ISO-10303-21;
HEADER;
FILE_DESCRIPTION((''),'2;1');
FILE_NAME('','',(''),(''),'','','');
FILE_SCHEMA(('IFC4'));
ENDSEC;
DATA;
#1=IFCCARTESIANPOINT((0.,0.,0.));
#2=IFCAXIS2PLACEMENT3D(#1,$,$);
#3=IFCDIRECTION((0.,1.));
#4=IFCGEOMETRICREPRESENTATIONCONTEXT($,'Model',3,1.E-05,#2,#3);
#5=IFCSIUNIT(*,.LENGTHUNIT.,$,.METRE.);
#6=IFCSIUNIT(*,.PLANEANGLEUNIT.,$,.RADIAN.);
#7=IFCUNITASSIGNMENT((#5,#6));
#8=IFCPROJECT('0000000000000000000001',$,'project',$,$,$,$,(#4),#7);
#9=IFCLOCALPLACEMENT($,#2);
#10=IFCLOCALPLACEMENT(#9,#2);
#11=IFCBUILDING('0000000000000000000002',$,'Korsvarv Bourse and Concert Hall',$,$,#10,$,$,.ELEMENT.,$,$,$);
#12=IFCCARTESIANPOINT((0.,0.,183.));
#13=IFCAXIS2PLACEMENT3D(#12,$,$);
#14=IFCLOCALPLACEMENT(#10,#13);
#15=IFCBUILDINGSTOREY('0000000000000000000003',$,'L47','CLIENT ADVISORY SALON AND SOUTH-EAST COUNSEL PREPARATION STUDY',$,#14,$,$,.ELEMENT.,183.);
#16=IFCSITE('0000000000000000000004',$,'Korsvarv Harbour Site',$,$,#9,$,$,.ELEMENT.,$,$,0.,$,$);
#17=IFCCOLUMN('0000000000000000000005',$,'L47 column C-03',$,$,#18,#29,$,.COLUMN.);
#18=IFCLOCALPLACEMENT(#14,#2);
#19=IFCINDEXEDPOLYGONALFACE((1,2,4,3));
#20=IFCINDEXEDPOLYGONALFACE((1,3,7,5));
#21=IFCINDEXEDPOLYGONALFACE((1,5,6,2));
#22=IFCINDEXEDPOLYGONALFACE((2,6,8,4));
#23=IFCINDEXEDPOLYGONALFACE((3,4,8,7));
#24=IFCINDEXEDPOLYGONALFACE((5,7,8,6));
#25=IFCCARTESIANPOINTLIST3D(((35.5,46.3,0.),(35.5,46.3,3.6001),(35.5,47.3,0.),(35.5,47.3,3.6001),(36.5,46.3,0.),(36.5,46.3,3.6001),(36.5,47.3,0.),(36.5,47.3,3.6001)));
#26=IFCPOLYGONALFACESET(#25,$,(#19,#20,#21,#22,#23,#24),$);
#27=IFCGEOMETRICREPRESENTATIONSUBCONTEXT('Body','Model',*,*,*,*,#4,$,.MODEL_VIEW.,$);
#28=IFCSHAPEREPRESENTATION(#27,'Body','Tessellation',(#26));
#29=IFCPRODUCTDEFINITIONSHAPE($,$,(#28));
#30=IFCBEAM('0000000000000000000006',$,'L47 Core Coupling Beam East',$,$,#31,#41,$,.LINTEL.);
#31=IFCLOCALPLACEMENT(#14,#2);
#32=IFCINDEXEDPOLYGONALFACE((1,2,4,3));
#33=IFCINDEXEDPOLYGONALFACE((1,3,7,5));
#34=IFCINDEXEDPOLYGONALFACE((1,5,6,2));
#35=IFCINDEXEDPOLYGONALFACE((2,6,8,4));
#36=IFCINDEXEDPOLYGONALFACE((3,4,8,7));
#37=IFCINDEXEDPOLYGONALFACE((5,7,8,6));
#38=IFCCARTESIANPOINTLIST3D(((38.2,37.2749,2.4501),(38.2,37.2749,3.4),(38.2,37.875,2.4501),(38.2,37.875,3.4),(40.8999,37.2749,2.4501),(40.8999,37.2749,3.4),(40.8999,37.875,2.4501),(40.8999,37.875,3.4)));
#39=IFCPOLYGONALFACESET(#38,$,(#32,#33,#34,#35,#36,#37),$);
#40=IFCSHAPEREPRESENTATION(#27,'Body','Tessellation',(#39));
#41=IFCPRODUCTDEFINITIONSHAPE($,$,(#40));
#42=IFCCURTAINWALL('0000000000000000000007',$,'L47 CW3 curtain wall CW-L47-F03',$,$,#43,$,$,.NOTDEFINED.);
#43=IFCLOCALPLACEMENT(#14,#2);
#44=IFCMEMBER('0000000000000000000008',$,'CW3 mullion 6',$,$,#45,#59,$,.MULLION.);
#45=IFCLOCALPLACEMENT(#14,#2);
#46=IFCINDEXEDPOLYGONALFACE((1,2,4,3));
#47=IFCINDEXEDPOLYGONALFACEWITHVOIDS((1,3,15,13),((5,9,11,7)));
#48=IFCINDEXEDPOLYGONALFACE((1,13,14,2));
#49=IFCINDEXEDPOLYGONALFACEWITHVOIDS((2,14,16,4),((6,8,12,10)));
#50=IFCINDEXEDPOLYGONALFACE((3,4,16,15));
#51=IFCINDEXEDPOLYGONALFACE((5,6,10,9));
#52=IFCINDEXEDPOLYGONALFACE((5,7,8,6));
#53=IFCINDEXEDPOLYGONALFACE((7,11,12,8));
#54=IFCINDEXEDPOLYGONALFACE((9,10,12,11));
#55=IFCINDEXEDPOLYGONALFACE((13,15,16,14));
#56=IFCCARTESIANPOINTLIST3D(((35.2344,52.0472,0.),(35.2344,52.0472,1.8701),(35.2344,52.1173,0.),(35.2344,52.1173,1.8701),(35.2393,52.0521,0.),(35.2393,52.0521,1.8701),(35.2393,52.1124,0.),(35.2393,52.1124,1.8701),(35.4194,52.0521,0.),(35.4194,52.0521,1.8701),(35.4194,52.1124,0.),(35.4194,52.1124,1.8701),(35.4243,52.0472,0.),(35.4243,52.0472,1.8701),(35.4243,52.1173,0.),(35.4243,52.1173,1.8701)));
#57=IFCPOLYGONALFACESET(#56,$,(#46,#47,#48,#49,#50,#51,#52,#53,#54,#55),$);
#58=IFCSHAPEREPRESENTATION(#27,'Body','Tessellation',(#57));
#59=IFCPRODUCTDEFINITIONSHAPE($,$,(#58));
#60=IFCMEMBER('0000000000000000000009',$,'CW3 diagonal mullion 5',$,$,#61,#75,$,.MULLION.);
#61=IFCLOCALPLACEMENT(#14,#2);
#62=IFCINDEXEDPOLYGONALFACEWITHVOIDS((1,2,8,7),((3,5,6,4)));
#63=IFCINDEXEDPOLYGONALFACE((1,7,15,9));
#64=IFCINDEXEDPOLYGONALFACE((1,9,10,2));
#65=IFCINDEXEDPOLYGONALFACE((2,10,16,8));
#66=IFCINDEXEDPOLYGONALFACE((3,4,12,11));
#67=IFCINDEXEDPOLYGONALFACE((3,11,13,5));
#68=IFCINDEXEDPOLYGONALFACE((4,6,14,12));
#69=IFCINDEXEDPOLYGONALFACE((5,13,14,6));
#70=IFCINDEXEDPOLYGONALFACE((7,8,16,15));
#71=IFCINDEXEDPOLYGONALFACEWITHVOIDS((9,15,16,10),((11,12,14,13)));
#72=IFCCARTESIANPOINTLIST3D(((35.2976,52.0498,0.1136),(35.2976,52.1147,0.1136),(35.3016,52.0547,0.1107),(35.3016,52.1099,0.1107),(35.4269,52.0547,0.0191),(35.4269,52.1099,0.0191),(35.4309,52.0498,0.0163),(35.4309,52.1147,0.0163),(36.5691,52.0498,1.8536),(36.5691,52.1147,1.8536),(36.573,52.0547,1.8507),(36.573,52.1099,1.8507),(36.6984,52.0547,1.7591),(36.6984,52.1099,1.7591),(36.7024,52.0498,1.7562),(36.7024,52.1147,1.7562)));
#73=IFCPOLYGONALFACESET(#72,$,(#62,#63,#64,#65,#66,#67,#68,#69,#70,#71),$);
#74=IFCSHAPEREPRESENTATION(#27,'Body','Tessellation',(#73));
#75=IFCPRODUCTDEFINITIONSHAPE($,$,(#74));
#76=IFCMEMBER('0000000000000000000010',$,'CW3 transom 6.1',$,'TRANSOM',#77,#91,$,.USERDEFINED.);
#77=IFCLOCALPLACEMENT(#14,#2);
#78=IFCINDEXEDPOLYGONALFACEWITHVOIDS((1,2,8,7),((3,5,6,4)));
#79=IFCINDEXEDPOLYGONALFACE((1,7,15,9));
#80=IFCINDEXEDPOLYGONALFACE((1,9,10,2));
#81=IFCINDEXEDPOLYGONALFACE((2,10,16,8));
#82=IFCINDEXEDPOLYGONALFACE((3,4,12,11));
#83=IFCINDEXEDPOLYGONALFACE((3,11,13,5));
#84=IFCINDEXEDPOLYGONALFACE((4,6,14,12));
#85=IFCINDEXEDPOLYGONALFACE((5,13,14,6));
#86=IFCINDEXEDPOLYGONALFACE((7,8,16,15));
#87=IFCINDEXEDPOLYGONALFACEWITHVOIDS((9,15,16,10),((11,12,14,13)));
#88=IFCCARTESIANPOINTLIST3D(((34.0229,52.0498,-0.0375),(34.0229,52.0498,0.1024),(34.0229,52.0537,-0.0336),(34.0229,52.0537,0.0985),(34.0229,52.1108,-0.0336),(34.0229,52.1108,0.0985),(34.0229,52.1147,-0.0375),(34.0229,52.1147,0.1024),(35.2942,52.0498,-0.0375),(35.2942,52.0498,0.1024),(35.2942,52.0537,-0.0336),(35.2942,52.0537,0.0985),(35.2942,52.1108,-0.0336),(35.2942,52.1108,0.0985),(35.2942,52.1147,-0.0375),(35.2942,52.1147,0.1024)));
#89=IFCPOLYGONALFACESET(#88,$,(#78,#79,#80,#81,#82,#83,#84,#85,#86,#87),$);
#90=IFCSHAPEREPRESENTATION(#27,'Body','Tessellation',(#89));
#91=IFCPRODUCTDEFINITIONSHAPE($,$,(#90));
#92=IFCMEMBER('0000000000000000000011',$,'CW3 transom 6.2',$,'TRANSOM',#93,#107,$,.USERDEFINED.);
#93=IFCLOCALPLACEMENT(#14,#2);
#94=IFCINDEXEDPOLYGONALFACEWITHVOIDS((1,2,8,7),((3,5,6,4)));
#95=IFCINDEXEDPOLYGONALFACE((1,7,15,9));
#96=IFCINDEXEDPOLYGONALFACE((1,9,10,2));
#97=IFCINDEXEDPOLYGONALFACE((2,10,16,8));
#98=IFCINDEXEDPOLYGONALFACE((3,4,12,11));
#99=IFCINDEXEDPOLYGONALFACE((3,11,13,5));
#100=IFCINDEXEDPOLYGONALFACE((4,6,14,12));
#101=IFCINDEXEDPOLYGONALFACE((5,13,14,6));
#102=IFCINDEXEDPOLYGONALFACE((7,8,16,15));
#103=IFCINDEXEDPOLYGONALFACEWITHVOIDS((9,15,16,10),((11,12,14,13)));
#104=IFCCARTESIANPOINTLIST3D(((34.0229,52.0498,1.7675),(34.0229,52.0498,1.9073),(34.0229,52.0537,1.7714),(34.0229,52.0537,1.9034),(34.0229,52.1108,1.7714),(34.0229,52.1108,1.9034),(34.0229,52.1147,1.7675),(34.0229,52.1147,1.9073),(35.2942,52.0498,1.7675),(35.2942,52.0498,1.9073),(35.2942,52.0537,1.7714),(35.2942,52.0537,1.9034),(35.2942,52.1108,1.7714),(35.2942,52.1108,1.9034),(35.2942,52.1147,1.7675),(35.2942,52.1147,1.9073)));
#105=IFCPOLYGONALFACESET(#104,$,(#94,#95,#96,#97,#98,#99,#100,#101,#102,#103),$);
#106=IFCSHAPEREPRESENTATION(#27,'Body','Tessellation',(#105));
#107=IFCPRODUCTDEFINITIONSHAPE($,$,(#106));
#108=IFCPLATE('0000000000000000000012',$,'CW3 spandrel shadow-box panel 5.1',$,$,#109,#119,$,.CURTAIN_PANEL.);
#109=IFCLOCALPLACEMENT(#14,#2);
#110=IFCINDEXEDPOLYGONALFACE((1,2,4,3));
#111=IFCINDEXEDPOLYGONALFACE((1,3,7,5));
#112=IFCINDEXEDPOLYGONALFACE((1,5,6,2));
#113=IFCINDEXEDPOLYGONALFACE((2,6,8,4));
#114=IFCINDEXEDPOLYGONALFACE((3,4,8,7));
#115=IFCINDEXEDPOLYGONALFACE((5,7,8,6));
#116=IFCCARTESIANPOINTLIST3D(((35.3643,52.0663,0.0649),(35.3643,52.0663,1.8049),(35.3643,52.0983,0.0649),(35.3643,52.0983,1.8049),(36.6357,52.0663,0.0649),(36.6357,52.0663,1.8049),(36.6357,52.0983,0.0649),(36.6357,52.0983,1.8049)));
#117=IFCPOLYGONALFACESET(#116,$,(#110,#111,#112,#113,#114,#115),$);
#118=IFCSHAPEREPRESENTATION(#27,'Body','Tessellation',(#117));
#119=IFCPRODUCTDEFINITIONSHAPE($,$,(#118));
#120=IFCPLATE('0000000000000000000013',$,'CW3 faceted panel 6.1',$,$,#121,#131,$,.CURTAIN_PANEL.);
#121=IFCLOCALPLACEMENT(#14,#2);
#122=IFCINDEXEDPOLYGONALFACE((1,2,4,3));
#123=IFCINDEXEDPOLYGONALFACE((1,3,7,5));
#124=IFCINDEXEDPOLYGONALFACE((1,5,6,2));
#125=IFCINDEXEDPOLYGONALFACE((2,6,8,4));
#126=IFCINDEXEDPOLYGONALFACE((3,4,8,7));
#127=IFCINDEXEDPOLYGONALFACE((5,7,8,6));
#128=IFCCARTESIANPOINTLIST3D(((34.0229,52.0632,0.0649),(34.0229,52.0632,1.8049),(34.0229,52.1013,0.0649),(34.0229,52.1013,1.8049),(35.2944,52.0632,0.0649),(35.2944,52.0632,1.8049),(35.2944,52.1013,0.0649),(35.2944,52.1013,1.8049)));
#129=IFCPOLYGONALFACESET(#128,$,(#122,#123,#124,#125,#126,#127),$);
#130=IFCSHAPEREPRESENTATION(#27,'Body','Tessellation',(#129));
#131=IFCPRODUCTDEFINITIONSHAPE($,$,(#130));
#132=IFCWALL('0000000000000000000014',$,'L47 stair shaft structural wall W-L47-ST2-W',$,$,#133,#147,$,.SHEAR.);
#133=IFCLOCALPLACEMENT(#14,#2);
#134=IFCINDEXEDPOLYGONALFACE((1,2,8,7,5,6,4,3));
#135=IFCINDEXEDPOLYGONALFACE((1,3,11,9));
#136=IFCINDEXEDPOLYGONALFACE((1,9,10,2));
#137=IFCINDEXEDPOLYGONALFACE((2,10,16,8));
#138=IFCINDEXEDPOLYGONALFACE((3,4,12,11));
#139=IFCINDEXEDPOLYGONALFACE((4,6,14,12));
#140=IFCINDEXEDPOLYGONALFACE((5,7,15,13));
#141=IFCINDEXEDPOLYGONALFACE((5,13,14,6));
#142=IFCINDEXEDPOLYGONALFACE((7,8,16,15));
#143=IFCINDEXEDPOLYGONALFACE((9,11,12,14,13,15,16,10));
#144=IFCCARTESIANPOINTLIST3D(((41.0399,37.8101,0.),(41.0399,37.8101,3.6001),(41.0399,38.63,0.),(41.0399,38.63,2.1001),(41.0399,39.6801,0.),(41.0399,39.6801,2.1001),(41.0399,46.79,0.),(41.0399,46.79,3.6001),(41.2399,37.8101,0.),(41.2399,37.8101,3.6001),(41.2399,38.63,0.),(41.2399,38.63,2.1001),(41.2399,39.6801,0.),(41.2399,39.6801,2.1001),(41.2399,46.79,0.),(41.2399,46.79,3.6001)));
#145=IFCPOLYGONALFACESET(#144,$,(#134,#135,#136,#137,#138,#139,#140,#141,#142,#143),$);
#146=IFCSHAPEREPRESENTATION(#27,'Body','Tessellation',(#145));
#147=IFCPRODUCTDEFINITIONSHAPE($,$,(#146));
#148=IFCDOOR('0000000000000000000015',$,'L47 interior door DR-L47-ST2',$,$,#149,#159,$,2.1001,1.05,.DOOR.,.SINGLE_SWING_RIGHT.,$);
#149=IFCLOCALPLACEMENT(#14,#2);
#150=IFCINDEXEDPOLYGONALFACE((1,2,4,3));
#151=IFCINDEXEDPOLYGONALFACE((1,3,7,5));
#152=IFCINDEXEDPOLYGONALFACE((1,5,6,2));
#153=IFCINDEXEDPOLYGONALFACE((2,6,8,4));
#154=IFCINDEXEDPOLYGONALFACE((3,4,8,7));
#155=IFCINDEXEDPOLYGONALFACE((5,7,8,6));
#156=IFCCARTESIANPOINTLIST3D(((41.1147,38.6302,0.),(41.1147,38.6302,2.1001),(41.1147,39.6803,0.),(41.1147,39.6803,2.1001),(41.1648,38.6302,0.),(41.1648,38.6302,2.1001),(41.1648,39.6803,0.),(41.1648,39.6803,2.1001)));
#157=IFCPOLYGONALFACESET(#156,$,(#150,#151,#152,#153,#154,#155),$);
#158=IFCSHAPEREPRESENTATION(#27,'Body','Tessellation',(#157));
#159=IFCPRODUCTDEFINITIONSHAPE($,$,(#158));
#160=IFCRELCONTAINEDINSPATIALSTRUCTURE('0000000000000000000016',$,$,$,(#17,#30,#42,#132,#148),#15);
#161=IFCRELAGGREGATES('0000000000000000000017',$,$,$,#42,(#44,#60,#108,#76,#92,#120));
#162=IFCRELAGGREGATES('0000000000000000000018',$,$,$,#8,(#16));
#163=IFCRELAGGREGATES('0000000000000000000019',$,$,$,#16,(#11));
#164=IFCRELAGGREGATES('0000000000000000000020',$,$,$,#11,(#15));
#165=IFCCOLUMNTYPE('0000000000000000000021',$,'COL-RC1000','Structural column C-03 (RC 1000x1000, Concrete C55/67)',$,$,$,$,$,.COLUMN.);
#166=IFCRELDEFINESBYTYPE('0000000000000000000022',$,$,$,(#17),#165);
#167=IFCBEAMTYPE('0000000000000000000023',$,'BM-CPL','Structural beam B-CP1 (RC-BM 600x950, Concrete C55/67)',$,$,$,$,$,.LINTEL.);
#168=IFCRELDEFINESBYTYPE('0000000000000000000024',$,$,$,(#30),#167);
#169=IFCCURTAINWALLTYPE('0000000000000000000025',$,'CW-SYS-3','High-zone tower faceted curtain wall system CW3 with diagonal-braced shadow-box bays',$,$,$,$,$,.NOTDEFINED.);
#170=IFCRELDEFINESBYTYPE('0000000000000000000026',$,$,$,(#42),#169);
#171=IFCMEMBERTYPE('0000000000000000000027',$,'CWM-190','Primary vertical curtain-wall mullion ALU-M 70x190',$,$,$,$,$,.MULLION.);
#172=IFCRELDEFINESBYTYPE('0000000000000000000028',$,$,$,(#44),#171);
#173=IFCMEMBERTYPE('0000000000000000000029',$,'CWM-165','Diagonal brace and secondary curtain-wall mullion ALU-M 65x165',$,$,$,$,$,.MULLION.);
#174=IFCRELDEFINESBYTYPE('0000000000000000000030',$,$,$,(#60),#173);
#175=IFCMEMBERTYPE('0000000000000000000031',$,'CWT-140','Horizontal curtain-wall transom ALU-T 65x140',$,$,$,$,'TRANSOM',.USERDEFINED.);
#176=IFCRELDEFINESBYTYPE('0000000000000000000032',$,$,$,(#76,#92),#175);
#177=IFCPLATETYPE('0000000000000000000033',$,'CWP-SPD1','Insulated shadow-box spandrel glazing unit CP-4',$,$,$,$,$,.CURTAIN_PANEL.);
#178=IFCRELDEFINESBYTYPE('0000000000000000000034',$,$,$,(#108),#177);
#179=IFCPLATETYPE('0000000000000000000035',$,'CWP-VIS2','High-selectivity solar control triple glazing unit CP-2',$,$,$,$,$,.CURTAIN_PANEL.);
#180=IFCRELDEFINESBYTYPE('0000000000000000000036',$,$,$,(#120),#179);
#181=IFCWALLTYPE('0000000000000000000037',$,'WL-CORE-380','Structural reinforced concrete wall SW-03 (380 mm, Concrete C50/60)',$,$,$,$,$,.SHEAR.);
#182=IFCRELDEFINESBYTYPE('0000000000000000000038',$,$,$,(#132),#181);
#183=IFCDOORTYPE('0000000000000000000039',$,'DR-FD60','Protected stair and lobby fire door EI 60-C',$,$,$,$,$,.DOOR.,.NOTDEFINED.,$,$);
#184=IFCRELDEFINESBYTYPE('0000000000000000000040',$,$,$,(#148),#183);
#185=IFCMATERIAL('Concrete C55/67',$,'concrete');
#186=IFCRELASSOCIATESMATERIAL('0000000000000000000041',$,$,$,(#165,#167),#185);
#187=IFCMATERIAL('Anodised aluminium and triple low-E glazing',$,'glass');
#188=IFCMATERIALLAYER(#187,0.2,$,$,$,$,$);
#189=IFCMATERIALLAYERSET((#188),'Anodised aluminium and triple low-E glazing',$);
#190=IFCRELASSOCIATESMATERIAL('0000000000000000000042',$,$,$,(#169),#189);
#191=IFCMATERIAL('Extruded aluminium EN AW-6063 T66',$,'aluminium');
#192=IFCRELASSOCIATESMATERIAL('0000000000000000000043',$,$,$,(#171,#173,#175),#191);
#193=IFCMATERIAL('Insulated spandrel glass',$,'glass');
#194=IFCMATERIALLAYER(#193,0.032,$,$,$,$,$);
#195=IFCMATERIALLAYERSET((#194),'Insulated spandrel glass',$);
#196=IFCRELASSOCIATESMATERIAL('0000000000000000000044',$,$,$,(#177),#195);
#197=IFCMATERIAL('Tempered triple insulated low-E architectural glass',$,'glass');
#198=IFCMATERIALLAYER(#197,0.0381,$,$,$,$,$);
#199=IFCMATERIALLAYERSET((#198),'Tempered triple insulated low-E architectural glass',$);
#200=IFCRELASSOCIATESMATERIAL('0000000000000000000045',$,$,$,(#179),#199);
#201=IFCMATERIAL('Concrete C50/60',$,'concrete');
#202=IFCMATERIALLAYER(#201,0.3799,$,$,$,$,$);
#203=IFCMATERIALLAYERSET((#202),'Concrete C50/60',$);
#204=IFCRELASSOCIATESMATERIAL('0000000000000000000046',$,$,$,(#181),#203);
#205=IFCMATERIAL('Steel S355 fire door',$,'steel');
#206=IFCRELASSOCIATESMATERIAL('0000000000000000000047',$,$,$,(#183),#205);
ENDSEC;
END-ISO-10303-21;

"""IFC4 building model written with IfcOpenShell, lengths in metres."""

from ifc_helpers import new_model, si_unit, direction, frame, frame_2d, origin, origin_2d, place, context, subcontext, project, spatial, rectangle, hollow_rectangle, extrude, source, transform, mapped, material, layer, layer_set, material_profile, profile_set, type_object, element, fill, aggregate, save


model = new_model("IFC4")

# Units and contexts
model_context = context("Model", 3, precision=1e-05, world=origin(), true_north=direction((0.0, 1.0)))
body_context = subcontext(model_context, "Body", "Model", "MODEL_VIEW")
ifc_project = project(units=[si_unit("LENGTHUNIT", "METRE"), si_unit("PLANEANGLEUNIT", "RADIAN")], contexts=[model_context])

# Site, building, storey
site_placement = place(None, origin())
site = spatial("IfcSite", under=ifc_project, at=site_placement, Name="Korsvarv Harbour Site", CompositionType="ELEMENT", RefElevation=0.0)
building_placement = place(site_placement, origin())
building = spatial("IfcBuilding", under=site, at=building_placement, Name="Korsvarv Bourse and Concert Hall", CompositionType="ELEMENT")
storey_placement = place(building_placement, frame((0.0, 0.0, 183.0)))
storey = spatial("IfcBuildingStorey", under=building, at=storey_placement, Name="L47", Description="CLIENT ADVISORY SALON AND SOUTH-EAST COUNSEL PREPARATION STUDY", CompositionType="ELEMENT", Elevation=183.0)

# Column
ifc_material_1 = material(Name="Concrete C55/67", Category="concrete")
ifc_material_profile_1 = material_profile(ifc_material_1, rectangle(XDim=1.0, YDim=1.0, at=origin_2d()), Name="RC 1000x1000")
ifc_profile_set_1 = profile_set([ifc_material_profile_1], Name="Concrete C55/67")
column_type = type_object("IfcColumnType", Name="COL-RC1000", Description="Structural column C-03 (RC 1000x1000, Concrete C55/67)", PredefinedType="COLUMN", material=ifc_profile_set_1)
shared_shape_1 = source(origin(), body_context, "Body", "SweptSolid", [
    extrude(rectangle(XDim=1.0, YDim=1.0, at=origin_2d()), origin(), (0.0, 0.0, 1.0), 3.6001),
])
column_placement = place(storey_placement, frame((36.0, 46.8, 0.0), z_axis=(0.0, 0.0, 1.0), x_axis=(1.0, 0.0, 0.0)))
element("IfcColumn", 1, at=column_placement, inside=storey, type_object=column_type, Name="L47 column C-03", PredefinedType="COLUMN", context=body_context, shape_type="MappedRepresentation", body=[
    mapped(shared_shape_1, transform((0.0, 0.0, 0.0), scale=1.0)),
])

# Beam
ifc_material_profile_2 = material_profile(ifc_material_1, rectangle(XDim=0.6001, YDim=0.95, at=origin_2d()), Name="RC-BM 600x950")
ifc_profile_set_2 = profile_set([ifc_material_profile_2], Name="Concrete C55/67")
beam_type = type_object("IfcBeamType", Name="BM-CPL", Description="Structural beam B-CP1 (RC-BM 600x950, Concrete C55/67)", PredefinedType="LINTEL", material=ifc_profile_set_2)
shared_shape_2 = source(origin(), body_context, "Body", "SweptSolid", [
    extrude(rectangle(XDim=0.6001, YDim=0.95, at=origin_2d()), origin(), (0.0, 0.0, 1.0), 2.7),
])
beam_placement = place(storey_placement, frame((38.2, 37.575, 2.925), z_axis=(1.0, 0.0, 0.0), x_axis=(0.0, 1.0, 0.0)))
element("IfcBeam", 2, at=beam_placement, inside=storey, type_object=beam_type, Name="L47 Core Coupling Beam East", PredefinedType="LINTEL", context=body_context, shape_type="MappedRepresentation", body=[
    mapped(shared_shape_2, transform((0.0, 0.0, 0.0), scale=1.0)),
])

# Curtain wall, members, plates
ifc_material_2 = material(Name="Anodised aluminium and triple low-E glazing", Category="glass")
ifc_layer_1 = layer(ifc_material_2, 0.2)
ifc_layer_set_1 = layer_set([ifc_layer_1], Name="Anodised aluminium and triple low-E glazing")
curtain_wall_type = type_object("IfcCurtainWallType", Name="CW-SYS-3", Description="High-zone tower faceted curtain wall system CW3 with diagonal-braced shadow-box bays", PredefinedType="NOTDEFINED", material=ifc_layer_set_1)
curtain_wall_placement = place(storey_placement, origin())
curtain_wall = element("IfcCurtainWall", 3, at=curtain_wall_placement, inside=storey, type_object=curtain_wall_type, Name="L47 CW3 curtain wall CW-L47-F03", PredefinedType="NOTDEFINED")
ifc_material_3 = material(Name="Extruded aluminium EN AW-6063 T66", Category="aluminium")
ifc_material_profile_3 = material_profile(ifc_material_3, hollow_rectangle(XDim=0.0701, YDim=0.1899, WallThickness=0.0049, at=origin_2d()), Name="ALU-M 70x190")
ifc_profile_set_3 = profile_set([ifc_material_profile_3], Name="Extruded aluminium EN AW-6063 T66")
member_type_1 = type_object("IfcMemberType", Name="CWM-190", Description="Primary vertical curtain-wall mullion ALU-M 70x190", PredefinedType="MULLION", material=ifc_profile_set_3)
shared_shape_3 = source(origin(), body_context, "Body", "SweptSolid", [
    extrude(hollow_rectangle(XDim=0.0701, YDim=0.1899, WallThickness=0.0049, at=origin_2d()), origin(), (0.0, 0.0, 1.0), 1.8701),
])
member_1_placement = place(storey_placement, frame((35.3293, 52.0823, 0.0), z_axis=(0.0, 0.0, 1.0), x_axis=(0.0, -1.0, 0.0)))
member_1 = element("IfcMember", 4, at=member_1_placement, type_object=member_type_1, Name="CW3 mullion 6", PredefinedType="MULLION", context=body_context, shape_type="MappedRepresentation", body=[
    mapped(shared_shape_3, transform((0.0, 0.0, 0.0), scale=1.0)),
])
ifc_material_profile_4 = material_profile(ifc_material_3, hollow_rectangle(XDim=0.0649, YDim=0.165, WallThickness=0.0049, at=origin_2d()), Name="ALU-M 65x165")
ifc_profile_set_4 = profile_set([ifc_material_profile_4], Name="Extruded aluminium EN AW-6063 T66")
member_type_2 = type_object("IfcMemberType", Name="CWM-165", Description="Diagonal brace and secondary curtain-wall mullion ALU-M 65x165", PredefinedType="MULLION", material=ifc_profile_set_4)
shared_shape_4 = source(origin(), body_context, "Body", "SweptSolid", [
    extrude(hollow_rectangle(XDim=0.0649, YDim=0.165, WallThickness=0.0049, at=origin_2d()), origin(), (0.0, 0.0, 1.0), 2.155),
])
member_2_placement = place(storey_placement, frame((35.3643, 52.0823, 0.0649), z_axis=(0.590002, 0.0, 0.807402), x_axis=(0.0, 1.0, 0.0)))
member_2 = element("IfcMember", 5, at=member_2_placement, type_object=member_type_2, Name="CW3 diagonal mullion 5", PredefinedType="MULLION", context=body_context, shape_type="MappedRepresentation", body=[
    mapped(shared_shape_4, transform((0.0, 0.0, 0.0), scale=1.0)),
])
ifc_material_profile_5 = material_profile(ifc_material_3, hollow_rectangle(XDim=0.0649, YDim=0.1399, WallThickness=0.0039, at=origin_2d()), Name="ALU-T 65x140")
ifc_profile_set_5 = profile_set([ifc_material_profile_5], Name="Extruded aluminium EN AW-6063 T66")
member_type_3 = type_object("IfcMemberType", Name="CWT-140", Description="Horizontal curtain-wall transom ALU-T 65x140", ElementType="TRANSOM", PredefinedType="USERDEFINED", material=ifc_profile_set_5)
shared_shape_5 = source(origin(), body_context, "Body", "SweptSolid", [
    extrude(hollow_rectangle(XDim=0.0649, YDim=0.1399, WallThickness=0.0039, at=origin_2d()), origin(), (0.0, 0.0, 1.0), 1.2712),
])
member_3_placement = place(storey_placement, frame((35.2942, 52.0823, 0.0325), z_axis=(-1.0, 0.0, 0.0), x_axis=(0.0, -1.0, 0.0)))
member_3 = element("IfcMember", 6, at=member_3_placement, type_object=member_type_3, Name="CW3 transom 6.1", ObjectType="TRANSOM", PredefinedType="USERDEFINED", context=body_context, shape_type="MappedRepresentation", body=[
    mapped(shared_shape_5, transform((0.0, 0.0, 0.0), scale=1.0)),
])
member_4_placement = place(storey_placement, frame((35.2942, 52.0823, 1.8374), z_axis=(-1.0, 0.0, 0.0), x_axis=(0.0, -1.0, 0.0)))
member_4 = element("IfcMember", 7, at=member_4_placement, type_object=member_type_3, Name="CW3 transom 6.2", ObjectType="TRANSOM", PredefinedType="USERDEFINED", context=body_context, shape_type="MappedRepresentation", body=[
    mapped(shared_shape_5, transform((0.0, 0.0, 0.0), scale=1.0)),
])
ifc_material_4 = material(Name="Insulated spandrel glass", Category="glass")
ifc_layer_2 = layer(ifc_material_4, 0.032)
ifc_layer_set_2 = layer_set([ifc_layer_2], Name="Insulated spandrel glass")
plate_type_1 = type_object("IfcPlateType", Name="CWP-SPD1", Description="Insulated shadow-box spandrel glazing unit CP-4", PredefinedType="CURTAIN_PANEL", material=ifc_layer_set_2)
shared_shape_6 = source(origin(), body_context, "Body", "SweptSolid", [
    extrude(rectangle(XDim=1.2715, YDim=0.032, at=origin_2d()), origin(), (0.0, 0.0, 1.0), 1.74),
])
plate_1_placement = place(storey_placement, frame((36.0, 52.0823, 0.0649), z_axis=(0.0, 0.0, 1.0), x_axis=(-1.0, 0.0, 0.0)))
plate_1 = element("IfcPlate", 8, at=plate_1_placement, type_object=plate_type_1, Name="CW3 spandrel shadow-box panel 5.1", PredefinedType="CURTAIN_PANEL", context=body_context, shape_type="MappedRepresentation", body=[
    mapped(shared_shape_6, transform((0.0, 0.0, 0.0), scale=1.0)),
])
ifc_material_5 = material(Name="Tempered triple insulated low-E architectural glass", Category="glass")
ifc_layer_3 = layer(ifc_material_5, 0.0381)
ifc_layer_set_3 = layer_set([ifc_layer_3], Name="Tempered triple insulated low-E architectural glass")
plate_type_2 = type_object("IfcPlateType", Name="CWP-VIS2", Description="High-selectivity solar control triple glazing unit CP-2", PredefinedType="CURTAIN_PANEL", material=ifc_layer_set_3)
shared_shape_7 = source(origin(), body_context, "Body", "SweptSolid", [
    extrude(rectangle(XDim=1.2715, YDim=0.0381, at=origin_2d()), origin(), (0.0, 0.0, 1.0), 1.74),
])
plate_2_placement = place(storey_placement, frame((34.6587, 52.0823, 0.0649), z_axis=(0.0, 0.0, 1.0), x_axis=(-1.0, 0.0, 0.0)))
plate_2 = element("IfcPlate", 9, at=plate_2_placement, type_object=plate_type_2, Name="CW3 faceted panel 6.1", PredefinedType="CURTAIN_PANEL", context=body_context, shape_type="MappedRepresentation", body=[
    mapped(shared_shape_7, transform((0.0, 0.0, 0.0), scale=1.0)),
])
aggregate(curtain_wall, [member_1, member_2, plate_1, member_3, member_4, plate_2])

# Wall, opening, door
ifc_material_6 = material(Name="Concrete C50/60", Category="concrete")
ifc_layer_4 = layer(ifc_material_6, 0.3799)
ifc_layer_set_4 = layer_set([ifc_layer_4], Name="Concrete C50/60")
wall_type_1 = type_object("IfcWallType", Name="WL-CORE-380", Description="Structural reinforced concrete wall SW-03 (380 mm, Concrete C50/60)", PredefinedType="SHEAR", material=ifc_layer_set_4)
wall_1_placement = place(storey_placement, frame((41.1399, 37.8101, 0.0), z_axis=(0.0, 0.0, 1.0), x_axis=(0.0, 1.0, 0.0)))
wall_1 = element("IfcWall", 10, at=wall_1_placement, inside=storey, type_object=wall_type_1, Name="L47 stair shaft structural wall W-L47-ST2-W", PredefinedType="SHEAR", context=body_context, shape_type="SweptSolid", body=[
    extrude(rectangle(XDim=8.98, YDim=0.2, at=frame_2d((4.49, 0.0))), origin(), (0.0, 0.0, 1.0), 3.6001),
])
opening_1_placement = place(wall_1_placement, frame((0.8201, 0.0, 0.0)))
opening_1 = element("IfcOpeningElement", 11, at=opening_1_placement, cuts=wall_1, PredefinedType="OPENING", context=body_context, shape_type="SweptSolid", body=[
    extrude(rectangle(XDim=1.05, YDim=2.1001, at=frame_2d((0.5249, 1.05))), frame((0.0, 0.1099, 0.0), z_axis=(0.0, -1.0, 0.0), x_axis=(1.0, 0.0, 0.0)), (0.0, 0.0, 1.0), 0.22),
])
ifc_material_7 = material(Name="Steel S355 fire door", Category="steel")
door_type_1 = type_object("IfcDoorType", Name="DR-FD60", Description="Protected stair and lobby fire door EI 60-C", OperationType="NOTDEFINED", PredefinedType="DOOR", material=ifc_material_7)
door_1_placement = place(opening_1_placement, frame((1.05, 0.0, 0.0), z_axis=(0.0, 0.0, 1.0), x_axis=(-1.0, 0.0, 0.0)))
door_1 = element("IfcDoor", 12, at=door_1_placement, inside=storey, type_object=door_type_1, Name="L47 interior door DR-L47-ST2", OperationType="SINGLE_SWING_RIGHT", OverallHeight=2.1001, OverallWidth=1.05, PredefinedType="DOOR", context=body_context, shape_type="SweptSolid", body=[
    extrude(rectangle(XDim=1.05, YDim=2.1001, at=frame_2d((0.5249, 1.05))), frame((0.0, 0.0249, 0.0), z_axis=(0.0, -1.0, 0.0), x_axis=(1.0, 0.0, 0.0)), (0.0, 0.0, 1.0), 0.05),
])
fill(opening_1, door_1)

save(model, "model.ifc")
